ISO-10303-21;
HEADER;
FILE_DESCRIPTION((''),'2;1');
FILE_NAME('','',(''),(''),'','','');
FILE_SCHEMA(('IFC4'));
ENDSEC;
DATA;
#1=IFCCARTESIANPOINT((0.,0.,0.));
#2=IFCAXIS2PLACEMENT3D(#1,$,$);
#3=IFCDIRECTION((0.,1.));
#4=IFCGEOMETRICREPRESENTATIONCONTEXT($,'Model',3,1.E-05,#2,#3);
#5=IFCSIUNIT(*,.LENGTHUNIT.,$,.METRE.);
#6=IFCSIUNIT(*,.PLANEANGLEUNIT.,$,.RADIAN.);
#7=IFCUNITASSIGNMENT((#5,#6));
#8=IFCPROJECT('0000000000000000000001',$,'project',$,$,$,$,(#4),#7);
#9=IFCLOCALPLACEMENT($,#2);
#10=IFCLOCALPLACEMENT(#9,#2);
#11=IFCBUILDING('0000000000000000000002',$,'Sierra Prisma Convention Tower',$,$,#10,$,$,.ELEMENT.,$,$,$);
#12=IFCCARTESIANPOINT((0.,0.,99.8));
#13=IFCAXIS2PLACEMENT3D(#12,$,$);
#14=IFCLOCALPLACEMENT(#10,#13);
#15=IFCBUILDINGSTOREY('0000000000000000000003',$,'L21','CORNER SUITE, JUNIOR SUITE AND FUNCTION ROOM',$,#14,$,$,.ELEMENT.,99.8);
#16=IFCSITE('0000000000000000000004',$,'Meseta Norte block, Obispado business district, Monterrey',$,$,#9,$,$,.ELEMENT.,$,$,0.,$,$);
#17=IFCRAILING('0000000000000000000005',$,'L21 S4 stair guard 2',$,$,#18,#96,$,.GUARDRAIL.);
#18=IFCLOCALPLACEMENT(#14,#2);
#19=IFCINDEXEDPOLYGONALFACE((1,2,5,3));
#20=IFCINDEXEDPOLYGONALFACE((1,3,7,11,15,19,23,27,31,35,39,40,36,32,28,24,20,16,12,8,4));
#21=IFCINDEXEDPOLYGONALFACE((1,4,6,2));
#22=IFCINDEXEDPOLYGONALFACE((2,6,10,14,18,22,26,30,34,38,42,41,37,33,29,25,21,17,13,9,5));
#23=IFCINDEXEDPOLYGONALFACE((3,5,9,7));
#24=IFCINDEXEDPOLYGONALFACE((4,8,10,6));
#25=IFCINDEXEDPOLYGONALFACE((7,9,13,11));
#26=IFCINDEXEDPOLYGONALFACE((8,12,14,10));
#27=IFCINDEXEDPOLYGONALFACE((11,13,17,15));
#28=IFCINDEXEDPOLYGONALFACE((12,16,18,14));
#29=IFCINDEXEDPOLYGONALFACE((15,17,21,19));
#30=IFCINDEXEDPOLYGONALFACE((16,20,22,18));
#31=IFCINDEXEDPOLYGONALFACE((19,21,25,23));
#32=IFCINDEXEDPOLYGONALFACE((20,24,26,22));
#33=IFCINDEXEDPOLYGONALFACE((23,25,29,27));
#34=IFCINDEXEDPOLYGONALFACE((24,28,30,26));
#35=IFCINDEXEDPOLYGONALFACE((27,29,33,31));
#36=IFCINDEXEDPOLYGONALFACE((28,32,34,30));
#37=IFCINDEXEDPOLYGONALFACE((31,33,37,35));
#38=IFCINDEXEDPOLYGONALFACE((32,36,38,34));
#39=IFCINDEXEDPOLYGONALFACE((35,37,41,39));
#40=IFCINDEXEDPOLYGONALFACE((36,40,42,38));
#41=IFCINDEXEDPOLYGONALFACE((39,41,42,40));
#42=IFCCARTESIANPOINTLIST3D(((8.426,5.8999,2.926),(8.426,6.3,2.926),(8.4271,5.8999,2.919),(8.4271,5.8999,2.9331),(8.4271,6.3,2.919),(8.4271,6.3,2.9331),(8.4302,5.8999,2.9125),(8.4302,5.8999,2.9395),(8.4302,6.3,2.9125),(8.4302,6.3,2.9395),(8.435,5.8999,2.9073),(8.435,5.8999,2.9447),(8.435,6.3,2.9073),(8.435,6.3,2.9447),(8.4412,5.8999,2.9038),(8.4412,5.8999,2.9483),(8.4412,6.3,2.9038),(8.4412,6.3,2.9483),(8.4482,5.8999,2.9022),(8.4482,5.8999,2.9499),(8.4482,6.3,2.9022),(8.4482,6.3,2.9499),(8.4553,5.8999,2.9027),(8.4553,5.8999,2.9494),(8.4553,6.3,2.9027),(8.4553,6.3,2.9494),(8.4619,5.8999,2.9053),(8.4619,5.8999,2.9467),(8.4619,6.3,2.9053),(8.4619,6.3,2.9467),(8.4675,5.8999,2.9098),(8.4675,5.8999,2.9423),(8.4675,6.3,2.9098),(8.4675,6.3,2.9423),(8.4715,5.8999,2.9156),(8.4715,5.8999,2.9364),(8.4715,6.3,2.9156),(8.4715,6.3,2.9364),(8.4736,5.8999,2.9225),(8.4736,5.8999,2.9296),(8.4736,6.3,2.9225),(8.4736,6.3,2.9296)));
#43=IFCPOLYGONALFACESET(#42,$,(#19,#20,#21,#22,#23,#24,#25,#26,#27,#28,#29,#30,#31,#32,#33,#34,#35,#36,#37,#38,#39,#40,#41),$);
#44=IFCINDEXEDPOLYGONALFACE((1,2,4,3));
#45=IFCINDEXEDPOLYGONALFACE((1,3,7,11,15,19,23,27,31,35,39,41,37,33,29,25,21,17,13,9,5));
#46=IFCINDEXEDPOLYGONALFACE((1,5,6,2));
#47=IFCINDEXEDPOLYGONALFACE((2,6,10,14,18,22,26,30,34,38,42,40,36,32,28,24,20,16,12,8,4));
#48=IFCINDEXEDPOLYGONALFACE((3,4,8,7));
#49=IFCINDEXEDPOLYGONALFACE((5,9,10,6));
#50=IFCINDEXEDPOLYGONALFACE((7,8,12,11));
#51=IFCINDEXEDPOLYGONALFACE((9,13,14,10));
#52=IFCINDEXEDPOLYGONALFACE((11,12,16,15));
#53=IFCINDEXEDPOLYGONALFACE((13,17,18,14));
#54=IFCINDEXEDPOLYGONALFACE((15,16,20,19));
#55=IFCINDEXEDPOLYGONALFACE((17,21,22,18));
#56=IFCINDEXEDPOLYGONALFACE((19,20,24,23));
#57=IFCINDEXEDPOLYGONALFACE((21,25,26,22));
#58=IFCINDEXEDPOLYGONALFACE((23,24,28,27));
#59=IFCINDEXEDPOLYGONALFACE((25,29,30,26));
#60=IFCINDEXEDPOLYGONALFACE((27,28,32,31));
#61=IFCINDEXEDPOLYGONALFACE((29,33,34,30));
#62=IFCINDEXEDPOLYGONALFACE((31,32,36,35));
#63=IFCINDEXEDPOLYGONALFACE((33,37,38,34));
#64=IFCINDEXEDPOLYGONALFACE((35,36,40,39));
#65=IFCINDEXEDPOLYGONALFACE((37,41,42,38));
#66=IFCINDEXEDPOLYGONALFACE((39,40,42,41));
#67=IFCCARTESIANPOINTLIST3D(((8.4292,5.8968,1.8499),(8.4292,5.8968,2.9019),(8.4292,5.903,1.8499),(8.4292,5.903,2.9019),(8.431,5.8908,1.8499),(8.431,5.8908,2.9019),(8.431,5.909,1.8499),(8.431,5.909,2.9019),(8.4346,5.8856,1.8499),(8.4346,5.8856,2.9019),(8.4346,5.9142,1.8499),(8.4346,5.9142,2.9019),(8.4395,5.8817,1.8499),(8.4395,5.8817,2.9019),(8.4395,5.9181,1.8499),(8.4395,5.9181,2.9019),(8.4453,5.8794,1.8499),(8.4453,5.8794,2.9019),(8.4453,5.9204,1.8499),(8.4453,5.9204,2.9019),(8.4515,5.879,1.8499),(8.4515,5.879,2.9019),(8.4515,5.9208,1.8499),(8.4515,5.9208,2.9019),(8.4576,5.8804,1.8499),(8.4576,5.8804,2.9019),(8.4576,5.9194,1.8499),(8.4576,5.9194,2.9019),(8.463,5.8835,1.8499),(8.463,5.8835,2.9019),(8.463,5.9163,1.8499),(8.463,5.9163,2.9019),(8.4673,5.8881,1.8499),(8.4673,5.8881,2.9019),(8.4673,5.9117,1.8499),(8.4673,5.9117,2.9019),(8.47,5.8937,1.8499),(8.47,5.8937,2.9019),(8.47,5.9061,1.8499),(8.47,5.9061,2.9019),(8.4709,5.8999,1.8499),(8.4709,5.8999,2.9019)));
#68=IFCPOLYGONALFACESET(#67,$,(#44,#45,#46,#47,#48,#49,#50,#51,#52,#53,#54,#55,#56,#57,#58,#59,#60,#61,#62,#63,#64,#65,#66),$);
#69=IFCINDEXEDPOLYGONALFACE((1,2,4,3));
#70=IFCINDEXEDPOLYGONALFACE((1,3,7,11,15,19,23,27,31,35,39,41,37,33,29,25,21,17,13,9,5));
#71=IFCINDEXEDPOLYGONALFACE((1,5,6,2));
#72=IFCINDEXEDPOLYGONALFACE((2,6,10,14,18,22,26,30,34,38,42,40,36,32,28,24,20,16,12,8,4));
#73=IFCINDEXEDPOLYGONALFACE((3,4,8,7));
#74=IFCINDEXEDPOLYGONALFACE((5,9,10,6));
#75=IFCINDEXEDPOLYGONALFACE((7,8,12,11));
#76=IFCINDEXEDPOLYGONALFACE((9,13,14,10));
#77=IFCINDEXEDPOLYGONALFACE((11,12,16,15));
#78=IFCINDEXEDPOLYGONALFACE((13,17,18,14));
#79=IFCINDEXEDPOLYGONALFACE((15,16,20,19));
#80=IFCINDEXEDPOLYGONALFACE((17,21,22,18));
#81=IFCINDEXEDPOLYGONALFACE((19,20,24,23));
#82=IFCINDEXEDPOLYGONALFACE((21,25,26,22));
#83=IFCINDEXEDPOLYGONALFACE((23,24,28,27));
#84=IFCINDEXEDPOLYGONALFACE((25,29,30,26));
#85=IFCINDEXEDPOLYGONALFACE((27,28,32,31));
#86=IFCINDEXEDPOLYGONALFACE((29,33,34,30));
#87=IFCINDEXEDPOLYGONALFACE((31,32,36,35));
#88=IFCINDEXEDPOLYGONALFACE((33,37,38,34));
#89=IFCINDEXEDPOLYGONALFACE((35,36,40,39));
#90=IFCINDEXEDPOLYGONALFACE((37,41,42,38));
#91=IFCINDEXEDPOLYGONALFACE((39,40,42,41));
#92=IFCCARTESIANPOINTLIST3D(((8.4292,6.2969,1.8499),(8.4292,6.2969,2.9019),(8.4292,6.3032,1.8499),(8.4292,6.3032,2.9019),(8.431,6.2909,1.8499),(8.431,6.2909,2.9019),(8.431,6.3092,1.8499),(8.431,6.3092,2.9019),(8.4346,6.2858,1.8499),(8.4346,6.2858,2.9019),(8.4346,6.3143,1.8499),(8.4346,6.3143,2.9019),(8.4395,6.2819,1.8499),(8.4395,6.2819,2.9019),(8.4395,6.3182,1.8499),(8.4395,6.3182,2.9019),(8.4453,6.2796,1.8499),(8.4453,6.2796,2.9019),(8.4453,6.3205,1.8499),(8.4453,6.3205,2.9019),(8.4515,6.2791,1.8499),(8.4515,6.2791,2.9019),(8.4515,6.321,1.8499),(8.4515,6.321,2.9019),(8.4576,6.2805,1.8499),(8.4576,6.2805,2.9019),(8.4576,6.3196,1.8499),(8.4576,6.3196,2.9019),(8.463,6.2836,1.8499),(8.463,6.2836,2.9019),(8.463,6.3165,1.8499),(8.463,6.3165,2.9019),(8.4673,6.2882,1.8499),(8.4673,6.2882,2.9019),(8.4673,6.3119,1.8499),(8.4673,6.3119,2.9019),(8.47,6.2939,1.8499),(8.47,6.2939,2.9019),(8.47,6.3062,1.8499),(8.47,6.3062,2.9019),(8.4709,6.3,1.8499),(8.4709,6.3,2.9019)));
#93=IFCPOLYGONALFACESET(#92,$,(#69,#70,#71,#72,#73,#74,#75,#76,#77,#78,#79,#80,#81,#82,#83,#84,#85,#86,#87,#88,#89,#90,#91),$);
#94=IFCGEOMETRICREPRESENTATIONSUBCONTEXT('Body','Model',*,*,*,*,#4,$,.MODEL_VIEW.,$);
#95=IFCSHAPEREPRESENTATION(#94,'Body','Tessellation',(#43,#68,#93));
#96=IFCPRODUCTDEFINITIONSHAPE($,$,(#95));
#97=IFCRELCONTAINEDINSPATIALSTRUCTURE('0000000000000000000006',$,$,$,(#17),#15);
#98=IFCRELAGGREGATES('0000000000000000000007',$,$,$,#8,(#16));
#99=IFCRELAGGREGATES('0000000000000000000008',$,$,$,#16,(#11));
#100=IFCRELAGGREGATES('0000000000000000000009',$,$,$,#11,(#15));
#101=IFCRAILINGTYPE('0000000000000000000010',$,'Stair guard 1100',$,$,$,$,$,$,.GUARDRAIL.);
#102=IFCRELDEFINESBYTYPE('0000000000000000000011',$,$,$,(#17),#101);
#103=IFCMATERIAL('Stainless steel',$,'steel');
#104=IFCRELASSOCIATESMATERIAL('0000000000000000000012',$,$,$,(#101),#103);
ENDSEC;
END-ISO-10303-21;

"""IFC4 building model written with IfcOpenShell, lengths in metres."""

from ifc_helpers import new_model, si_unit, direction, frame, origin, origin_2d, place, context, subcontext, project, spatial, circle, extrude, material, type_object, element, save


model = new_model("IFC4")

# Units and contexts
model_context = context("Model", 3, precision=1e-05, world=origin(), true_north=direction((0.0, 1.0)))
body_context = subcontext(model_context, "Body", "Model", "MODEL_VIEW")
ifc_project = project(units=[si_unit("LENGTHUNIT", "METRE"), si_unit("PLANEANGLEUNIT", "RADIAN")], contexts=[model_context])

# Site, building, storey
site_placement = place(None, origin())
site = spatial("IfcSite", under=ifc_project, at=site_placement, Name="Meseta Norte block, Obispado business district, Monterrey", CompositionType="ELEMENT", RefElevation=0.0)
building_placement = place(site_placement, origin())
building = spatial("IfcBuilding", under=site, at=building_placement, Name="Sierra Prisma Convention Tower", CompositionType="ELEMENT")
storey_placement = place(building_placement, frame((0.0, 0.0, 99.8)))
storey = spatial("IfcBuildingStorey", under=building, at=storey_placement, Name="L21", Description="CORNER SUITE, JUNIOR SUITE AND FUNCTION ROOM", CompositionType="ELEMENT", Elevation=99.8)

# Railing
ifc_material_1 = material(Name="Stainless steel", Category="steel")
railing_type = type_object("IfcRailingType", Name="Stair guard 1100", PredefinedType="GUARDRAIL", material=ifc_material_1)
railing_1_placement = place(storey_placement, frame((8.45, 5.8999, 1.8499)))
element("IfcRailing", 1, at=railing_1_placement, inside=storey, type_object=railing_type, Name="L21 S4 stair guard 2", PredefinedType="GUARDRAIL", context=body_context, shape_type="SweptSolid", body=[
    extrude(circle(Radius=0.0239, at=origin_2d()), frame((0.0, 0.0, 1.0762), z_axis=(0.0, 1.0, 0.0), x_axis=(-1.0, 0.0, 0.0)), (0.0, 0.0, 1.0), 0.4001),
    extrude(circle(Radius=0.021, at=origin_2d()), origin(), (0.0, 0.0, 1.0), 1.052),
    extrude(circle(Radius=0.021, at=origin_2d()), frame((0.0, 0.4001, 0.0)), (0.0, 0.0, 1.0), 1.052),
])

save(model, "model.ifc")
